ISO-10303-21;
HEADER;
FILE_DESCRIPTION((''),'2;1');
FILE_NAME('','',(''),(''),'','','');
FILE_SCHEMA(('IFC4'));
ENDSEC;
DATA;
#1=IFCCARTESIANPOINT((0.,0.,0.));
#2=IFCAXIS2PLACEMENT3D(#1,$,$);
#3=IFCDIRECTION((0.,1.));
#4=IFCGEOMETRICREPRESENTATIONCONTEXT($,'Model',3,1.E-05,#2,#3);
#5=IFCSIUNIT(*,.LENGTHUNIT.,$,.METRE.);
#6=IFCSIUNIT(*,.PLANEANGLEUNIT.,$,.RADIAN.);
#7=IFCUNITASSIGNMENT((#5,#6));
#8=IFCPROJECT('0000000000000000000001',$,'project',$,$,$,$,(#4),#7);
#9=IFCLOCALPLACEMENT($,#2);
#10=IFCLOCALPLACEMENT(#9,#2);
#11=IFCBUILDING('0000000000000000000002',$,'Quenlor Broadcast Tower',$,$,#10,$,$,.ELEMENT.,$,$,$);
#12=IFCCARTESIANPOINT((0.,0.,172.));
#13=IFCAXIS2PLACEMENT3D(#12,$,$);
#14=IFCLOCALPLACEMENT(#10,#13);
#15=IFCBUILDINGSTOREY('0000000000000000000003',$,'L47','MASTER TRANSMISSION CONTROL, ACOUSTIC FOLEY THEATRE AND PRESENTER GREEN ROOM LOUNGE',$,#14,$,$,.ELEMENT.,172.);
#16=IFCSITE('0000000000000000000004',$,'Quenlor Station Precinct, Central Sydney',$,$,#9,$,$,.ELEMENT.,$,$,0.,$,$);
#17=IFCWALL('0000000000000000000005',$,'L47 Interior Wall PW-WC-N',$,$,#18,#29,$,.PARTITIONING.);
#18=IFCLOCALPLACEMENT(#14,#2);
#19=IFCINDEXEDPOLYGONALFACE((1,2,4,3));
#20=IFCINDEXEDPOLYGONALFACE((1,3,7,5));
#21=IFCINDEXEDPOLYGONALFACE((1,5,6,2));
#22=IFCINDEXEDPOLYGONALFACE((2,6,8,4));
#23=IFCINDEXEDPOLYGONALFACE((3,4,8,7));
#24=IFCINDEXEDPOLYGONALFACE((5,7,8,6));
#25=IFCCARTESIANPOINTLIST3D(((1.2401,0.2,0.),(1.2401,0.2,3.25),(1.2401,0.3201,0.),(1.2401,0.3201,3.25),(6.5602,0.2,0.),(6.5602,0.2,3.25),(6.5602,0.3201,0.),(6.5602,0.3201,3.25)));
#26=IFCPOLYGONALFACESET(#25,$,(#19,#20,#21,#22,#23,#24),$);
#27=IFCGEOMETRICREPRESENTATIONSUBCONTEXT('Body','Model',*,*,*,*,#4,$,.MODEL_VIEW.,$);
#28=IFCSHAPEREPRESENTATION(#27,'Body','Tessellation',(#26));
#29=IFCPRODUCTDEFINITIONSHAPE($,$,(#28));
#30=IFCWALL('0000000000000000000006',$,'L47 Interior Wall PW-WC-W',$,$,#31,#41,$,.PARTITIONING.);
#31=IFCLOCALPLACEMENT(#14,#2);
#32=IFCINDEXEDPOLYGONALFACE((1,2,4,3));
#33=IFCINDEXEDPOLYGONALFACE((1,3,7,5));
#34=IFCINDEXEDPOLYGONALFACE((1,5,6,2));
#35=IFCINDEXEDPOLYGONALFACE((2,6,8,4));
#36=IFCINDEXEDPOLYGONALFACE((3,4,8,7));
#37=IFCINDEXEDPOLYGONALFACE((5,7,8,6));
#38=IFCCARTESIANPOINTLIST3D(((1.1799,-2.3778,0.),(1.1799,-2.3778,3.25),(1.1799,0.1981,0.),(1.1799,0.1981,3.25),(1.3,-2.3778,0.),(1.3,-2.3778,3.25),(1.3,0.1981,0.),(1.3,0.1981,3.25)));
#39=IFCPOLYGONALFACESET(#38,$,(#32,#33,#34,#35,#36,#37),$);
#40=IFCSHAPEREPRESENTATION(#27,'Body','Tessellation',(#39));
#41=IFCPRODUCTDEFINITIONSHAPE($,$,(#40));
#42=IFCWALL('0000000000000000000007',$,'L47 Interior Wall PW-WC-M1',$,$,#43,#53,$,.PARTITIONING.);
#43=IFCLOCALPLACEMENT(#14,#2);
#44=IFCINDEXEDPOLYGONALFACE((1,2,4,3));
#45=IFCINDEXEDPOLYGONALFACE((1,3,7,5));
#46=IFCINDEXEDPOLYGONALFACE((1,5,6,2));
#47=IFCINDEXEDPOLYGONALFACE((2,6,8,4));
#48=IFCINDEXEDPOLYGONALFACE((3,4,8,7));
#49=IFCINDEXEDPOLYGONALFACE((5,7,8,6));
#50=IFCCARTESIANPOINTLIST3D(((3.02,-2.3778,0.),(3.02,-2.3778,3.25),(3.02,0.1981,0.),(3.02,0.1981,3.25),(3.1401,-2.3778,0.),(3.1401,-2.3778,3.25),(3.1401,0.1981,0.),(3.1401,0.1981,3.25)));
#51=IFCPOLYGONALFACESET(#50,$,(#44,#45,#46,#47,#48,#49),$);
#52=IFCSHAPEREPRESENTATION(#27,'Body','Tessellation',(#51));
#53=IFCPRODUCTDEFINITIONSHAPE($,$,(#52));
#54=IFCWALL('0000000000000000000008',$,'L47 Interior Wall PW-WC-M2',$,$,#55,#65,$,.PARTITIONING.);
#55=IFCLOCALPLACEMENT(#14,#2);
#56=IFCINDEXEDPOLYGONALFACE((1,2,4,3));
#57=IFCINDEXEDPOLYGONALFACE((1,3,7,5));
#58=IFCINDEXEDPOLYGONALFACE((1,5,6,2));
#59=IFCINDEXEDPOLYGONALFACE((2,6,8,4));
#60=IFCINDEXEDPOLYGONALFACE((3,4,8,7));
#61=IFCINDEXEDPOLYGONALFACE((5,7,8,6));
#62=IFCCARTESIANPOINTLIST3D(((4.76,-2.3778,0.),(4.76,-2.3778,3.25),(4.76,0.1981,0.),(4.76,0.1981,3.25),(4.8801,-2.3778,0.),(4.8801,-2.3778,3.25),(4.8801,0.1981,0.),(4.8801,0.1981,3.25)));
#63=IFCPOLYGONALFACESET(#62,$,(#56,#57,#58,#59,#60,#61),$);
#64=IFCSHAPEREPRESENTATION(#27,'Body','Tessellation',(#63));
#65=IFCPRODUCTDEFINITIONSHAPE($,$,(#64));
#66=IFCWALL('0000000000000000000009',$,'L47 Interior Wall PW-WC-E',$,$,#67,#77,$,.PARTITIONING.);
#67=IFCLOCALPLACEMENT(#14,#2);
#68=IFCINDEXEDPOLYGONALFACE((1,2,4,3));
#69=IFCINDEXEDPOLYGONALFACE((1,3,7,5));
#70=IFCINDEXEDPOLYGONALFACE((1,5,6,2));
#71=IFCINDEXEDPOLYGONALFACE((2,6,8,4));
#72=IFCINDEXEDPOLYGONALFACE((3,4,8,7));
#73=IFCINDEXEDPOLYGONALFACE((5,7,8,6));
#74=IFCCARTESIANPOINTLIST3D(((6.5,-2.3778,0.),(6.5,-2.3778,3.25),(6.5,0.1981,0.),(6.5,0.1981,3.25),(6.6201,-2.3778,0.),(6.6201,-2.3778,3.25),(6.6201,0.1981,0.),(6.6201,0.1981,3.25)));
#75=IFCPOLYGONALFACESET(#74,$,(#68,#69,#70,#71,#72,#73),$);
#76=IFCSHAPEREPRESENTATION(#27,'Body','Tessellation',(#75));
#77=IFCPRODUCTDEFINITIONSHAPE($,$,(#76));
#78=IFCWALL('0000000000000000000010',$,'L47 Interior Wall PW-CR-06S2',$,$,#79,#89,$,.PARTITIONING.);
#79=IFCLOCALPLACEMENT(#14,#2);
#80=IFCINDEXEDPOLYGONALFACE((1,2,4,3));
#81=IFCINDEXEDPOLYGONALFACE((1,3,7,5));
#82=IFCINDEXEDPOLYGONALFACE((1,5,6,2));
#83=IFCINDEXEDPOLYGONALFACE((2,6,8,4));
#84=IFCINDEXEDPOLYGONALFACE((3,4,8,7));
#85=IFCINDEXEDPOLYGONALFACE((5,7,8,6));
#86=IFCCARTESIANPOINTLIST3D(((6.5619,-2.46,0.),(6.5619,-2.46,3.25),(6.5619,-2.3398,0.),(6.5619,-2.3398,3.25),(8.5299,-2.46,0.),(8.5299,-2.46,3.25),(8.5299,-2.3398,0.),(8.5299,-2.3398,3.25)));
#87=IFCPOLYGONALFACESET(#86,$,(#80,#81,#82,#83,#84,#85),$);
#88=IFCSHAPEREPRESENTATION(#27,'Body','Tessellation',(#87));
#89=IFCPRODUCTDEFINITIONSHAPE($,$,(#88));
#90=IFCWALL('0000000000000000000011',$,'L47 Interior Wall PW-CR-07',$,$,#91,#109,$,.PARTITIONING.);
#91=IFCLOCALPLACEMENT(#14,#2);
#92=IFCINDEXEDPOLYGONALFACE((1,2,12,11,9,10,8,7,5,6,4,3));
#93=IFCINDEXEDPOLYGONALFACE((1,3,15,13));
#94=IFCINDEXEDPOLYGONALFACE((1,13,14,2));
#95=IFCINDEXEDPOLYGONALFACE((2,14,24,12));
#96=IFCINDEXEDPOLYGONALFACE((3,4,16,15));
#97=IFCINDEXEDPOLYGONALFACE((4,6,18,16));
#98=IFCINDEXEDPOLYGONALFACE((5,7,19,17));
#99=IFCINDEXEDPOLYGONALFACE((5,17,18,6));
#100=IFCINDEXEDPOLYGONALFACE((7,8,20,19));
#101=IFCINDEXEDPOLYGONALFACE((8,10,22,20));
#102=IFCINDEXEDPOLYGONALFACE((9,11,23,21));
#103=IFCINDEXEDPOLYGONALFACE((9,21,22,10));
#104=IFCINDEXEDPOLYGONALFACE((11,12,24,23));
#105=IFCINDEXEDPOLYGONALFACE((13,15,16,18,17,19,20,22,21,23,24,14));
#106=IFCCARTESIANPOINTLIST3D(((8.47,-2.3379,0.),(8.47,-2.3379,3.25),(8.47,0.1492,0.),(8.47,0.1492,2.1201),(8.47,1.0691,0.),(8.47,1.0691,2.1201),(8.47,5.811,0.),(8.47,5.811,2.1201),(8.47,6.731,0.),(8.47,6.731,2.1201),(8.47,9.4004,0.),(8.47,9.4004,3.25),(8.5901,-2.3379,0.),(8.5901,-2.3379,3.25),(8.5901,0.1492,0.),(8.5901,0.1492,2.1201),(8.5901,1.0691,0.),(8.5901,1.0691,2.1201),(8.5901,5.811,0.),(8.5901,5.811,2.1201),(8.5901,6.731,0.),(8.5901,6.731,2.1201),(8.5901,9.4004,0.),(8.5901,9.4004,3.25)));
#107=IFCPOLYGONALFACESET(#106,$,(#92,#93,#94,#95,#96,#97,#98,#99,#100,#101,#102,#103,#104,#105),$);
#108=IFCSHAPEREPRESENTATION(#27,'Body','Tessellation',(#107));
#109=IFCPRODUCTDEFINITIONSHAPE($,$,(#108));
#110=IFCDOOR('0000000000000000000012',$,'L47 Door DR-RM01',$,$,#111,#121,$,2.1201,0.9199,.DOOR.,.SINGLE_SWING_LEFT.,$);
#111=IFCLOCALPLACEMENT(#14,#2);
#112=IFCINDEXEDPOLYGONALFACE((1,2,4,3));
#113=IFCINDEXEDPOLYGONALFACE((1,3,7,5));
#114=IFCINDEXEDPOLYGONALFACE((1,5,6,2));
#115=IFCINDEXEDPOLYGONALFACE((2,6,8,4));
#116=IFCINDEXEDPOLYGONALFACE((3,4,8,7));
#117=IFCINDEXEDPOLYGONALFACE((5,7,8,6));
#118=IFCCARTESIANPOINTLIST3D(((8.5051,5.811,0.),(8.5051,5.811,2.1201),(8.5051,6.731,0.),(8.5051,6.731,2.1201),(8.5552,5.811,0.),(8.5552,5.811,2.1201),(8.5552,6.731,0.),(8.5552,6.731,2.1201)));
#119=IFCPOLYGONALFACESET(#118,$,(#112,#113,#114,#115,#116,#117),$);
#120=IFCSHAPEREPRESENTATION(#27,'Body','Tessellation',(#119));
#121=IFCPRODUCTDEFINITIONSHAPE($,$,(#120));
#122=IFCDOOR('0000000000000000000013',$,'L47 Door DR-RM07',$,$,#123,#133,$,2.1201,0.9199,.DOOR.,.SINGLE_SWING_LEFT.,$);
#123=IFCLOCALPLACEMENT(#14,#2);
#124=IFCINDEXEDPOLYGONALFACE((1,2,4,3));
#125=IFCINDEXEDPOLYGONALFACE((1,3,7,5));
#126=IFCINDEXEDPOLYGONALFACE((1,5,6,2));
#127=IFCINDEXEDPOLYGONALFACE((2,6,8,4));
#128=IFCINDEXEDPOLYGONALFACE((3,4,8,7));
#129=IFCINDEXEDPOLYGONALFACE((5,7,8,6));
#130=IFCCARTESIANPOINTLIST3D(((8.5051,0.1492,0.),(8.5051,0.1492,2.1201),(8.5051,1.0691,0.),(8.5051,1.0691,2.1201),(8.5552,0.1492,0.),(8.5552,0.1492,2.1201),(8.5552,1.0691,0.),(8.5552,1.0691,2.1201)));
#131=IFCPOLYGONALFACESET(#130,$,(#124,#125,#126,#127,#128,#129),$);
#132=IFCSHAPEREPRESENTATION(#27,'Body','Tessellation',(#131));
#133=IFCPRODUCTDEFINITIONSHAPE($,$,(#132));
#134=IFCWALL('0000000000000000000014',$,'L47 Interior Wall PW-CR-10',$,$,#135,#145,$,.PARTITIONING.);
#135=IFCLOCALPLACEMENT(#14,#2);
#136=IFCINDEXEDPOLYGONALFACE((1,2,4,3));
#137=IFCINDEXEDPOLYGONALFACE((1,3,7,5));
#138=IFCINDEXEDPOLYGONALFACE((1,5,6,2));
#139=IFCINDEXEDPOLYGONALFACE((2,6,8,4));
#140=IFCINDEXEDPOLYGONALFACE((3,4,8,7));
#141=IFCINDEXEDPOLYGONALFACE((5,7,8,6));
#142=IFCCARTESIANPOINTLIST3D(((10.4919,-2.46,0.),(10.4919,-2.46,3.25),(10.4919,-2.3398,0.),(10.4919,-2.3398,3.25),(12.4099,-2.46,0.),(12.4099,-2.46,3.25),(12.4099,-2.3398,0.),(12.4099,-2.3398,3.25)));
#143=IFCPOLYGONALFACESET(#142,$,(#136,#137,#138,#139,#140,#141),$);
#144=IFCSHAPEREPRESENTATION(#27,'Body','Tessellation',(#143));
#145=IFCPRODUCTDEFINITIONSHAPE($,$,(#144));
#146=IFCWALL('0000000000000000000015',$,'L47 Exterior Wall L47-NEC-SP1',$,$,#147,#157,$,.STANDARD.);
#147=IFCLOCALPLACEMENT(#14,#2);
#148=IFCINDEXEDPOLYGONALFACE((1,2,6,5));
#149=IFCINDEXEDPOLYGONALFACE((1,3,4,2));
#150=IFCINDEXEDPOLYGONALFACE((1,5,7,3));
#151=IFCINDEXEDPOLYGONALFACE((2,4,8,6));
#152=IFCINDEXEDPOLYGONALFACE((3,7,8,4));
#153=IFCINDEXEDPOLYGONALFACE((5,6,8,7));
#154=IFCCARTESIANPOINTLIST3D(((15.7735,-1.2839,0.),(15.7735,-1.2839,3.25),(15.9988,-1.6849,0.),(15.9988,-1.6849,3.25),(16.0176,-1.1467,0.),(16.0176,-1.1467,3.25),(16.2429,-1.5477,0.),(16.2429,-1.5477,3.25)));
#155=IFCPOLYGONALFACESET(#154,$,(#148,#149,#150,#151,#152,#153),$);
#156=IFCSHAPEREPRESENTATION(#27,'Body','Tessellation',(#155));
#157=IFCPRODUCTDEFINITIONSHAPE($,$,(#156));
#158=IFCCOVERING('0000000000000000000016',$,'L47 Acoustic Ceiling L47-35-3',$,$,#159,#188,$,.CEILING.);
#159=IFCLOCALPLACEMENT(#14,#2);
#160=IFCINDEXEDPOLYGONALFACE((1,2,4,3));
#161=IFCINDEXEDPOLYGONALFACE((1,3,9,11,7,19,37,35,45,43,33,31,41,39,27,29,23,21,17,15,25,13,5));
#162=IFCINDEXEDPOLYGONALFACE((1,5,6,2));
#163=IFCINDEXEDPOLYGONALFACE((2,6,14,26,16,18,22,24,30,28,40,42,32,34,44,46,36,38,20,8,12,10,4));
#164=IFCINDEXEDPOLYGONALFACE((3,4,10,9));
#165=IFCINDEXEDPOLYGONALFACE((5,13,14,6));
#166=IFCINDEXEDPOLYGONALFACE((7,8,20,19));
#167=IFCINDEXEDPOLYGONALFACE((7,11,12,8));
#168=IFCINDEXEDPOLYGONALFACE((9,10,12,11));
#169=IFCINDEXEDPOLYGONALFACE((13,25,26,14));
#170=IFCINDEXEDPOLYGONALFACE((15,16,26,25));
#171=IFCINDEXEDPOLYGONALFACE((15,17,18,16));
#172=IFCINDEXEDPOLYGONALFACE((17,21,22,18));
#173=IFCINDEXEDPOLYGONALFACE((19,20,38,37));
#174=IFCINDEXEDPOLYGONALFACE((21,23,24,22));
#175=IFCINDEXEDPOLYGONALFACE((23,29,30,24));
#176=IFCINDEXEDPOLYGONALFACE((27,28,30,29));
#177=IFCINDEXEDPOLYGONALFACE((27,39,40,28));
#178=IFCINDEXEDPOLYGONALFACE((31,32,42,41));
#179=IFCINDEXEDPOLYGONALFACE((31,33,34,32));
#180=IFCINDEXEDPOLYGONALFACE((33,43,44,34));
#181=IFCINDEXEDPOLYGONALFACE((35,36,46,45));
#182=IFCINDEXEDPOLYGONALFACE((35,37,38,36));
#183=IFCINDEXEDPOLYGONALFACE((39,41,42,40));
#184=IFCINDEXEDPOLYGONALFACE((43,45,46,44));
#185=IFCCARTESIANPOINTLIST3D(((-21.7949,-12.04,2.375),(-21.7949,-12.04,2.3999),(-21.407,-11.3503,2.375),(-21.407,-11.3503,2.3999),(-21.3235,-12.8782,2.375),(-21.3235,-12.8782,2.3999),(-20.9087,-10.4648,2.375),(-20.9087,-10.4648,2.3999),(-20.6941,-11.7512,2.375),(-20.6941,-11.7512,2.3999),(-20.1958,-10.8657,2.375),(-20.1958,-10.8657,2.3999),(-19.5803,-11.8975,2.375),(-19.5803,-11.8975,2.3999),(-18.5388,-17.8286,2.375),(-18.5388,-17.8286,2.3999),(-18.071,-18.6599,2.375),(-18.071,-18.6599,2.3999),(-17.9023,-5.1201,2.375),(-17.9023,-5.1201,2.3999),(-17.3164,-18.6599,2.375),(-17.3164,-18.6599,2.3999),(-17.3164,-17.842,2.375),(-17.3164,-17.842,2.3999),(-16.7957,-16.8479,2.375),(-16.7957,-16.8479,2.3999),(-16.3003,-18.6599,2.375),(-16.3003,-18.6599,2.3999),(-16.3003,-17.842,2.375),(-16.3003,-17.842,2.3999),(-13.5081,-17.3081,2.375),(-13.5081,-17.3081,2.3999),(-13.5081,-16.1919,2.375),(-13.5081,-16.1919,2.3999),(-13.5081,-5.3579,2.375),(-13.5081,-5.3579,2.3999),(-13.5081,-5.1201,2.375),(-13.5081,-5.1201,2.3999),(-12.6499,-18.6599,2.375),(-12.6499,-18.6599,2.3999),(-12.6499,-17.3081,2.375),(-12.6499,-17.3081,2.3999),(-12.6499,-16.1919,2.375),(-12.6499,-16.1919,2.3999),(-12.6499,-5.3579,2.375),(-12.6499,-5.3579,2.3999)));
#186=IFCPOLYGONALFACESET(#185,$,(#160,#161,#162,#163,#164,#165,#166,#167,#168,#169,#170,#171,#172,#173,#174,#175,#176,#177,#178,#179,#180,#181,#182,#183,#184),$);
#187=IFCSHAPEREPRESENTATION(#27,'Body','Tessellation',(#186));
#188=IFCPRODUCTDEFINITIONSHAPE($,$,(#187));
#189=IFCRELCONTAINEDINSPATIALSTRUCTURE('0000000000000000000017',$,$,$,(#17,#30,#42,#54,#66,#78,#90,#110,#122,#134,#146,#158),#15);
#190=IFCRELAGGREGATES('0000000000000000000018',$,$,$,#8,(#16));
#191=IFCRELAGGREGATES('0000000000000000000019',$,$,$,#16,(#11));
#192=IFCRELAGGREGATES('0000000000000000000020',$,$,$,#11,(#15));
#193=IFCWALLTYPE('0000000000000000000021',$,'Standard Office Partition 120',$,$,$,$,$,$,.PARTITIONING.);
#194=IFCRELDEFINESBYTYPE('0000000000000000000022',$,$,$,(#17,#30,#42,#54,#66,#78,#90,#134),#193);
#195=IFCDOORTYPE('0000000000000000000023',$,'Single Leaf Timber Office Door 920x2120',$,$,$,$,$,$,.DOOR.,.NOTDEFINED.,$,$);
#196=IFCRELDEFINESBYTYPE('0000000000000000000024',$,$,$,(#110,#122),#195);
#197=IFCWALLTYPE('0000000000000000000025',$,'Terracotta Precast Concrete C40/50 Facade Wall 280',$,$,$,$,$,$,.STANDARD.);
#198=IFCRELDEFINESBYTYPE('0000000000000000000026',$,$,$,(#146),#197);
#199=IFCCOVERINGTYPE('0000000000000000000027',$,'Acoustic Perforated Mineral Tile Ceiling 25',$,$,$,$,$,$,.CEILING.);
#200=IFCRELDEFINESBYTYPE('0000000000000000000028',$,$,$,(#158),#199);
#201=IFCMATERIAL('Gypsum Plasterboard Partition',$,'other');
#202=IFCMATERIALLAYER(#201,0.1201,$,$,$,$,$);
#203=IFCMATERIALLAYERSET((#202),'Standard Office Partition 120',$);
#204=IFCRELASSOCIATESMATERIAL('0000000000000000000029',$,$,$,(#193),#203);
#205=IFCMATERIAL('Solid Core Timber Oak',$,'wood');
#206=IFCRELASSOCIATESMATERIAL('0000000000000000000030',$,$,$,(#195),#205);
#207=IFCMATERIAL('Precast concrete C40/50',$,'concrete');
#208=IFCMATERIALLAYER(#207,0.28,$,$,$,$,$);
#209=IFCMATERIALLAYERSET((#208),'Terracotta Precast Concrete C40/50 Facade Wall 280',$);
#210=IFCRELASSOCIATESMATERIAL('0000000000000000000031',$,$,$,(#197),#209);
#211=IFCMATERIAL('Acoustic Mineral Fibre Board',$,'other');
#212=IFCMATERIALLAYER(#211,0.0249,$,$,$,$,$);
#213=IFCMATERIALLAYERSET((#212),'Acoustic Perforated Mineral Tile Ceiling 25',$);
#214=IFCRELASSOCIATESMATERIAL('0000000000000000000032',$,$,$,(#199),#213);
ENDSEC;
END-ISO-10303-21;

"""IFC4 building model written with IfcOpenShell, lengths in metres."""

from ifc_helpers import new_model, si_unit, direction, frame, frame_2d, origin, place, context, subcontext, project, spatial, polyline, rectangle, outline, extrude, material, layer, layer_set, type_object, element, fill, save


model = new_model("IFC4")

# Units and contexts
model_context = context("Model", 3, precision=1e-05, world=origin(), true_north=direction((0.0, 1.0)))
body_context = subcontext(model_context, "Body", "Model", "MODEL_VIEW")
ifc_project = project(units=[si_unit("LENGTHUNIT", "METRE"), si_unit("PLANEANGLEUNIT", "RADIAN")], contexts=[model_context])

# Site, building, storey
site_placement = place(None, origin())
site = spatial("IfcSite", under=ifc_project, at=site_placement, Name="Quenlor Station Precinct, Central Sydney", CompositionType="ELEMENT", RefElevation=0.0)
building_placement = place(site_placement, origin())
building = spatial("IfcBuilding", under=site, at=building_placement, Name="Quenlor Broadcast Tower", CompositionType="ELEMENT")
storey_placement = place(building_placement, frame((0.0, 0.0, 172.0)))
storey = spatial("IfcBuildingStorey", under=building, at=storey_placement, Name="L47", Description="MASTER TRANSMISSION CONTROL, ACOUSTIC FOLEY THEATRE AND PRESENTER GREEN ROOM LOUNGE", CompositionType="ELEMENT", Elevation=172.0)

# Walls
ifc_material_1 = material(Name="Gypsum Plasterboard Partition", Category="other")
ifc_layer_1 = layer(ifc_material_1, 0.1201)
ifc_layer_set_1 = layer_set([ifc_layer_1], Name="Standard Office Partition 120")
wall_type_1 = type_object("IfcWallType", Name="Standard Office Partition 120", PredefinedType="PARTITIONING", material=ifc_layer_set_1)
wall_1_placement = place(storey_placement, frame((1.24, 0.26, 0.0), z_axis=(0.0, 0.0, 1.0), x_axis=(1.0, 0.0, 0.0)))
element("IfcWall", 1, at=wall_1_placement, inside=storey, type_object=wall_type_1, Name="L47 Interior Wall PW-WC-N", PredefinedType="PARTITIONING", context=body_context, shape_type="SweptSolid", body=[
    extrude(rectangle(XDim=5.3201, YDim=0.1201, at=frame_2d((2.6602, 0.0))), origin(), (0.0, 0.0, 1.0), 3.25),
])
for number, where, z_axis, x_axis, name in (
    (2, (1.24, -2.3779, 0.0), (0.0, 0.0, 1.0), (0.0, 1.0, 0.0), "L47 Interior Wall PW-WC-W"),
    (3, (3.0801, -2.3779, 0.0), (0.0, 0.0, 1.0), (0.0, 1.0, 0.0), "L47 Interior Wall PW-WC-M1"),
    (4, (4.8201, -2.3779, 0.0), (0.0, 0.0, 1.0), (0.0, 1.0, 0.0), "L47 Interior Wall PW-WC-M2"),
    (5, (6.5601, -2.3779, 0.0), (0.0, 0.0, 1.0), (0.0, 1.0, 0.0), "L47 Interior Wall PW-WC-E"),
):
    element("IfcWall", number, at=place(storey_placement, frame(where, z_axis=z_axis, x_axis=x_axis)), inside=storey, type_object=wall_type_1, Name=name, PredefinedType="PARTITIONING", context=body_context, shape_type="SweptSolid", body=[
        extrude(rectangle(XDim=2.5759, YDim=0.1201, at=frame_2d((1.2881, 0.0))), origin(), (0.0, 0.0, 1.0), 3.25),
    ])
wall_2_placement = place(storey_placement, frame((6.562, -2.3999, 0.0), z_axis=(0.0, 0.0, 1.0), x_axis=(1.0, 0.0, 0.0)))
element("IfcWall", 6, at=wall_2_placement, inside=storey, type_object=wall_type_1, Name="L47 Interior Wall PW-CR-06S2", PredefinedType="PARTITIONING", context=body_context, shape_type="SweptSolid", body=[
    extrude(rectangle(XDim=1.968, YDim=0.1201, at=frame_2d((0.9839, 0.0))), origin(), (0.0, 0.0, 1.0), 3.25),
])

# Wall, openings, doors
wall_3_placement = place(storey_placement, frame((8.53, -2.3379, 0.0), z_axis=(0.0, 0.0, 1.0), x_axis=(0.0, 1.0, 0.0)))
wall_3 = element("IfcWall", 7, at=wall_3_placement, inside=storey, type_object=wall_type_1, Name="L47 Interior Wall PW-CR-07", PredefinedType="PARTITIONING", context=body_context, shape_type="SweptSolid", body=[
    extrude(rectangle(XDim=11.7383, YDim=0.1201, at=frame_2d((5.8691, 0.0))), origin(), (0.0, 0.0, 1.0), 3.25),
])
opening_1_placement = place(wall_3_placement, frame((8.1489, 0.0, 0.0)))
opening_1 = element("IfcOpeningElement", 8, at=opening_1_placement, cuts=wall_3, PredefinedType="OPENING", context=body_context, shape_type="SweptSolid", body=[
    extrude(rectangle(XDim=0.9199, YDim=2.1201, at=frame_2d((0.46, 1.0601))), frame((0.0, 0.0701, 0.0), z_axis=(0.0, -1.0, 0.0), x_axis=(1.0, 0.0, 0.0)), (0.0, 0.0, 1.0), 0.1401),
])
opening_2_placement = place(wall_3_placement, frame((2.4871, 0.0, 0.0)))
opening_2 = element("IfcOpeningElement", 9, at=opening_2_placement, cuts=wall_3, PredefinedType="OPENING", context=body_context, shape_type="SweptSolid", body=[
    extrude(rectangle(XDim=0.9199, YDim=2.1201, at=frame_2d((0.46, 1.0601))), frame((0.0, 0.0701, 0.0), z_axis=(0.0, -1.0, 0.0), x_axis=(1.0, 0.0, 0.0)), (0.0, 0.0, 1.0), 0.1401),
])
ifc_material_2 = material(Name="Solid Core Timber Oak", Category="wood")
door_type = type_object("IfcDoorType", Name="Single Leaf Timber Office Door 920x2120", OperationType="NOTDEFINED", PredefinedType="DOOR", material=ifc_material_2)
door_1_placement = place(opening_1_placement, origin())
door_1 = element("IfcDoor", 10, at=door_1_placement, inside=storey, type_object=door_type, Name="L47 Door DR-RM01", OperationType="SINGLE_SWING_LEFT", OverallHeight=2.1201, OverallWidth=0.9199, PredefinedType="DOOR", context=body_context, shape_type="SweptSolid", body=[
    extrude(rectangle(XDim=0.9199, YDim=2.1201, at=frame_2d((0.46, 1.0601))), frame((0.0, 0.0249, 0.0), z_axis=(0.0, -1.0, 0.0), x_axis=(1.0, 0.0, 0.0)), (0.0, 0.0, 1.0), 0.05),
])
fill(opening_1, door_1)
door_2_placement = place(opening_2_placement, origin())
door_2 = element("IfcDoor", 11, at=door_2_placement, inside=storey, type_object=door_type, Name="L47 Door DR-RM07", OperationType="SINGLE_SWING_LEFT", OverallHeight=2.1201, OverallWidth=0.9199, PredefinedType="DOOR", context=body_context, shape_type="SweptSolid", body=[
    extrude(rectangle(XDim=0.9199, YDim=2.1201, at=frame_2d((0.46, 1.0601))), frame((0.0, 0.0249, 0.0), z_axis=(0.0, -1.0, 0.0), x_axis=(1.0, 0.0, 0.0)), (0.0, 0.0, 1.0), 0.05),
])
fill(opening_2, door_2)

# Walls
wall_4_placement = place(storey_placement, frame((10.4919, -2.3999, 0.0), z_axis=(0.0, 0.0, 1.0), x_axis=(1.0, 0.0, 0.0)))
element("IfcWall", 12, at=wall_4_placement, inside=storey, type_object=wall_type_1, Name="L47 Interior Wall PW-CR-10", PredefinedType="PARTITIONING", context=body_context, shape_type="SweptSolid", body=[
    extrude(rectangle(XDim=1.918, YDim=0.1201, at=frame_2d((0.959, 0.0))), origin(), (0.0, 0.0, 1.0), 3.25),
])
ifc_material_3 = material(Name="Precast concrete C40/50", Category="concrete")
ifc_layer_2 = layer(ifc_material_3, 0.28)
ifc_layer_set_2 = layer_set([ifc_layer_2], Name="Terracotta Precast Concrete C40/50 Facade Wall 280")
wall_type_2 = type_object("IfcWallType", Name="Terracotta Precast Concrete C40/50 Facade Wall 280", PredefinedType="STANDARD", material=ifc_layer_set_2)
wall_5_placement = place(storey_placement, frame((15.8955, -1.2153, 0.0), z_axis=(0.0, 0.0, 1.0), x_axis=(0.490009, -0.871717, 0.0)))
element("IfcWall", 13, at=wall_5_placement, inside=storey, type_object=wall_type_2, Name="L47 Exterior Wall L47-NEC-SP1", PredefinedType="STANDARD", context=body_context, shape_type="SweptSolid", body=[
    extrude(rectangle(XDim=0.46, YDim=0.28, at=frame_2d((0.23, 0.0))), origin(), (0.0, 0.0, 1.0), 3.25),
])

# Covering
ifc_material_4 = material(Name="Acoustic Mineral Fibre Board", Category="other")
ifc_layer_3 = layer(ifc_material_4, 0.0249)
ifc_layer_set_3 = layer_set([ifc_layer_3], Name="Acoustic Perforated Mineral Tile Ceiling 25")
covering_type = type_object("IfcCoveringType", Name="Acoustic Perforated Mineral Tile Ceiling 25", PredefinedType="CEILING", material=ifc_layer_set_3)
covering_1_placement = place(storey_placement, frame((0.0, 0.0, 2.375)))
element("IfcCovering", 14, at=covering_1_placement, inside=storey, type_object=covering_type, Name="L47 Acoustic Ceiling L47-35-3", PredefinedType="CEILING", context=body_context, shape_type="SweptSolid", body=[
    extrude(outline(polyline([(-21.7949, -12.04), (-21.407, -11.3503), (-20.6941, -11.7512), (-20.1958, -10.8657), (-20.9087, -10.4648), (-17.9023, -5.1201), (-13.5081, -5.1201), (-13.5081, -5.3579), (-12.6499, -5.3579), (-12.6499, -16.1919), (-13.5081, -16.1919), (-13.5081, -17.3081), (-12.6499, -17.3081), (-12.6499, -18.6599), (-16.3003, -18.6599), (-16.3003, -17.842), (-17.3164, -17.842), (-17.3164, -18.6599), (-18.071, -18.6599), (-18.5388, -17.8286), (-16.7957, -16.8479), (-19.5803, -11.8975), (-21.3235, -12.8782), (-21.7949, -12.04)])), origin(), (0.0, 0.0, 1.0), 0.0249),
])

save(model, "model.ifc")
